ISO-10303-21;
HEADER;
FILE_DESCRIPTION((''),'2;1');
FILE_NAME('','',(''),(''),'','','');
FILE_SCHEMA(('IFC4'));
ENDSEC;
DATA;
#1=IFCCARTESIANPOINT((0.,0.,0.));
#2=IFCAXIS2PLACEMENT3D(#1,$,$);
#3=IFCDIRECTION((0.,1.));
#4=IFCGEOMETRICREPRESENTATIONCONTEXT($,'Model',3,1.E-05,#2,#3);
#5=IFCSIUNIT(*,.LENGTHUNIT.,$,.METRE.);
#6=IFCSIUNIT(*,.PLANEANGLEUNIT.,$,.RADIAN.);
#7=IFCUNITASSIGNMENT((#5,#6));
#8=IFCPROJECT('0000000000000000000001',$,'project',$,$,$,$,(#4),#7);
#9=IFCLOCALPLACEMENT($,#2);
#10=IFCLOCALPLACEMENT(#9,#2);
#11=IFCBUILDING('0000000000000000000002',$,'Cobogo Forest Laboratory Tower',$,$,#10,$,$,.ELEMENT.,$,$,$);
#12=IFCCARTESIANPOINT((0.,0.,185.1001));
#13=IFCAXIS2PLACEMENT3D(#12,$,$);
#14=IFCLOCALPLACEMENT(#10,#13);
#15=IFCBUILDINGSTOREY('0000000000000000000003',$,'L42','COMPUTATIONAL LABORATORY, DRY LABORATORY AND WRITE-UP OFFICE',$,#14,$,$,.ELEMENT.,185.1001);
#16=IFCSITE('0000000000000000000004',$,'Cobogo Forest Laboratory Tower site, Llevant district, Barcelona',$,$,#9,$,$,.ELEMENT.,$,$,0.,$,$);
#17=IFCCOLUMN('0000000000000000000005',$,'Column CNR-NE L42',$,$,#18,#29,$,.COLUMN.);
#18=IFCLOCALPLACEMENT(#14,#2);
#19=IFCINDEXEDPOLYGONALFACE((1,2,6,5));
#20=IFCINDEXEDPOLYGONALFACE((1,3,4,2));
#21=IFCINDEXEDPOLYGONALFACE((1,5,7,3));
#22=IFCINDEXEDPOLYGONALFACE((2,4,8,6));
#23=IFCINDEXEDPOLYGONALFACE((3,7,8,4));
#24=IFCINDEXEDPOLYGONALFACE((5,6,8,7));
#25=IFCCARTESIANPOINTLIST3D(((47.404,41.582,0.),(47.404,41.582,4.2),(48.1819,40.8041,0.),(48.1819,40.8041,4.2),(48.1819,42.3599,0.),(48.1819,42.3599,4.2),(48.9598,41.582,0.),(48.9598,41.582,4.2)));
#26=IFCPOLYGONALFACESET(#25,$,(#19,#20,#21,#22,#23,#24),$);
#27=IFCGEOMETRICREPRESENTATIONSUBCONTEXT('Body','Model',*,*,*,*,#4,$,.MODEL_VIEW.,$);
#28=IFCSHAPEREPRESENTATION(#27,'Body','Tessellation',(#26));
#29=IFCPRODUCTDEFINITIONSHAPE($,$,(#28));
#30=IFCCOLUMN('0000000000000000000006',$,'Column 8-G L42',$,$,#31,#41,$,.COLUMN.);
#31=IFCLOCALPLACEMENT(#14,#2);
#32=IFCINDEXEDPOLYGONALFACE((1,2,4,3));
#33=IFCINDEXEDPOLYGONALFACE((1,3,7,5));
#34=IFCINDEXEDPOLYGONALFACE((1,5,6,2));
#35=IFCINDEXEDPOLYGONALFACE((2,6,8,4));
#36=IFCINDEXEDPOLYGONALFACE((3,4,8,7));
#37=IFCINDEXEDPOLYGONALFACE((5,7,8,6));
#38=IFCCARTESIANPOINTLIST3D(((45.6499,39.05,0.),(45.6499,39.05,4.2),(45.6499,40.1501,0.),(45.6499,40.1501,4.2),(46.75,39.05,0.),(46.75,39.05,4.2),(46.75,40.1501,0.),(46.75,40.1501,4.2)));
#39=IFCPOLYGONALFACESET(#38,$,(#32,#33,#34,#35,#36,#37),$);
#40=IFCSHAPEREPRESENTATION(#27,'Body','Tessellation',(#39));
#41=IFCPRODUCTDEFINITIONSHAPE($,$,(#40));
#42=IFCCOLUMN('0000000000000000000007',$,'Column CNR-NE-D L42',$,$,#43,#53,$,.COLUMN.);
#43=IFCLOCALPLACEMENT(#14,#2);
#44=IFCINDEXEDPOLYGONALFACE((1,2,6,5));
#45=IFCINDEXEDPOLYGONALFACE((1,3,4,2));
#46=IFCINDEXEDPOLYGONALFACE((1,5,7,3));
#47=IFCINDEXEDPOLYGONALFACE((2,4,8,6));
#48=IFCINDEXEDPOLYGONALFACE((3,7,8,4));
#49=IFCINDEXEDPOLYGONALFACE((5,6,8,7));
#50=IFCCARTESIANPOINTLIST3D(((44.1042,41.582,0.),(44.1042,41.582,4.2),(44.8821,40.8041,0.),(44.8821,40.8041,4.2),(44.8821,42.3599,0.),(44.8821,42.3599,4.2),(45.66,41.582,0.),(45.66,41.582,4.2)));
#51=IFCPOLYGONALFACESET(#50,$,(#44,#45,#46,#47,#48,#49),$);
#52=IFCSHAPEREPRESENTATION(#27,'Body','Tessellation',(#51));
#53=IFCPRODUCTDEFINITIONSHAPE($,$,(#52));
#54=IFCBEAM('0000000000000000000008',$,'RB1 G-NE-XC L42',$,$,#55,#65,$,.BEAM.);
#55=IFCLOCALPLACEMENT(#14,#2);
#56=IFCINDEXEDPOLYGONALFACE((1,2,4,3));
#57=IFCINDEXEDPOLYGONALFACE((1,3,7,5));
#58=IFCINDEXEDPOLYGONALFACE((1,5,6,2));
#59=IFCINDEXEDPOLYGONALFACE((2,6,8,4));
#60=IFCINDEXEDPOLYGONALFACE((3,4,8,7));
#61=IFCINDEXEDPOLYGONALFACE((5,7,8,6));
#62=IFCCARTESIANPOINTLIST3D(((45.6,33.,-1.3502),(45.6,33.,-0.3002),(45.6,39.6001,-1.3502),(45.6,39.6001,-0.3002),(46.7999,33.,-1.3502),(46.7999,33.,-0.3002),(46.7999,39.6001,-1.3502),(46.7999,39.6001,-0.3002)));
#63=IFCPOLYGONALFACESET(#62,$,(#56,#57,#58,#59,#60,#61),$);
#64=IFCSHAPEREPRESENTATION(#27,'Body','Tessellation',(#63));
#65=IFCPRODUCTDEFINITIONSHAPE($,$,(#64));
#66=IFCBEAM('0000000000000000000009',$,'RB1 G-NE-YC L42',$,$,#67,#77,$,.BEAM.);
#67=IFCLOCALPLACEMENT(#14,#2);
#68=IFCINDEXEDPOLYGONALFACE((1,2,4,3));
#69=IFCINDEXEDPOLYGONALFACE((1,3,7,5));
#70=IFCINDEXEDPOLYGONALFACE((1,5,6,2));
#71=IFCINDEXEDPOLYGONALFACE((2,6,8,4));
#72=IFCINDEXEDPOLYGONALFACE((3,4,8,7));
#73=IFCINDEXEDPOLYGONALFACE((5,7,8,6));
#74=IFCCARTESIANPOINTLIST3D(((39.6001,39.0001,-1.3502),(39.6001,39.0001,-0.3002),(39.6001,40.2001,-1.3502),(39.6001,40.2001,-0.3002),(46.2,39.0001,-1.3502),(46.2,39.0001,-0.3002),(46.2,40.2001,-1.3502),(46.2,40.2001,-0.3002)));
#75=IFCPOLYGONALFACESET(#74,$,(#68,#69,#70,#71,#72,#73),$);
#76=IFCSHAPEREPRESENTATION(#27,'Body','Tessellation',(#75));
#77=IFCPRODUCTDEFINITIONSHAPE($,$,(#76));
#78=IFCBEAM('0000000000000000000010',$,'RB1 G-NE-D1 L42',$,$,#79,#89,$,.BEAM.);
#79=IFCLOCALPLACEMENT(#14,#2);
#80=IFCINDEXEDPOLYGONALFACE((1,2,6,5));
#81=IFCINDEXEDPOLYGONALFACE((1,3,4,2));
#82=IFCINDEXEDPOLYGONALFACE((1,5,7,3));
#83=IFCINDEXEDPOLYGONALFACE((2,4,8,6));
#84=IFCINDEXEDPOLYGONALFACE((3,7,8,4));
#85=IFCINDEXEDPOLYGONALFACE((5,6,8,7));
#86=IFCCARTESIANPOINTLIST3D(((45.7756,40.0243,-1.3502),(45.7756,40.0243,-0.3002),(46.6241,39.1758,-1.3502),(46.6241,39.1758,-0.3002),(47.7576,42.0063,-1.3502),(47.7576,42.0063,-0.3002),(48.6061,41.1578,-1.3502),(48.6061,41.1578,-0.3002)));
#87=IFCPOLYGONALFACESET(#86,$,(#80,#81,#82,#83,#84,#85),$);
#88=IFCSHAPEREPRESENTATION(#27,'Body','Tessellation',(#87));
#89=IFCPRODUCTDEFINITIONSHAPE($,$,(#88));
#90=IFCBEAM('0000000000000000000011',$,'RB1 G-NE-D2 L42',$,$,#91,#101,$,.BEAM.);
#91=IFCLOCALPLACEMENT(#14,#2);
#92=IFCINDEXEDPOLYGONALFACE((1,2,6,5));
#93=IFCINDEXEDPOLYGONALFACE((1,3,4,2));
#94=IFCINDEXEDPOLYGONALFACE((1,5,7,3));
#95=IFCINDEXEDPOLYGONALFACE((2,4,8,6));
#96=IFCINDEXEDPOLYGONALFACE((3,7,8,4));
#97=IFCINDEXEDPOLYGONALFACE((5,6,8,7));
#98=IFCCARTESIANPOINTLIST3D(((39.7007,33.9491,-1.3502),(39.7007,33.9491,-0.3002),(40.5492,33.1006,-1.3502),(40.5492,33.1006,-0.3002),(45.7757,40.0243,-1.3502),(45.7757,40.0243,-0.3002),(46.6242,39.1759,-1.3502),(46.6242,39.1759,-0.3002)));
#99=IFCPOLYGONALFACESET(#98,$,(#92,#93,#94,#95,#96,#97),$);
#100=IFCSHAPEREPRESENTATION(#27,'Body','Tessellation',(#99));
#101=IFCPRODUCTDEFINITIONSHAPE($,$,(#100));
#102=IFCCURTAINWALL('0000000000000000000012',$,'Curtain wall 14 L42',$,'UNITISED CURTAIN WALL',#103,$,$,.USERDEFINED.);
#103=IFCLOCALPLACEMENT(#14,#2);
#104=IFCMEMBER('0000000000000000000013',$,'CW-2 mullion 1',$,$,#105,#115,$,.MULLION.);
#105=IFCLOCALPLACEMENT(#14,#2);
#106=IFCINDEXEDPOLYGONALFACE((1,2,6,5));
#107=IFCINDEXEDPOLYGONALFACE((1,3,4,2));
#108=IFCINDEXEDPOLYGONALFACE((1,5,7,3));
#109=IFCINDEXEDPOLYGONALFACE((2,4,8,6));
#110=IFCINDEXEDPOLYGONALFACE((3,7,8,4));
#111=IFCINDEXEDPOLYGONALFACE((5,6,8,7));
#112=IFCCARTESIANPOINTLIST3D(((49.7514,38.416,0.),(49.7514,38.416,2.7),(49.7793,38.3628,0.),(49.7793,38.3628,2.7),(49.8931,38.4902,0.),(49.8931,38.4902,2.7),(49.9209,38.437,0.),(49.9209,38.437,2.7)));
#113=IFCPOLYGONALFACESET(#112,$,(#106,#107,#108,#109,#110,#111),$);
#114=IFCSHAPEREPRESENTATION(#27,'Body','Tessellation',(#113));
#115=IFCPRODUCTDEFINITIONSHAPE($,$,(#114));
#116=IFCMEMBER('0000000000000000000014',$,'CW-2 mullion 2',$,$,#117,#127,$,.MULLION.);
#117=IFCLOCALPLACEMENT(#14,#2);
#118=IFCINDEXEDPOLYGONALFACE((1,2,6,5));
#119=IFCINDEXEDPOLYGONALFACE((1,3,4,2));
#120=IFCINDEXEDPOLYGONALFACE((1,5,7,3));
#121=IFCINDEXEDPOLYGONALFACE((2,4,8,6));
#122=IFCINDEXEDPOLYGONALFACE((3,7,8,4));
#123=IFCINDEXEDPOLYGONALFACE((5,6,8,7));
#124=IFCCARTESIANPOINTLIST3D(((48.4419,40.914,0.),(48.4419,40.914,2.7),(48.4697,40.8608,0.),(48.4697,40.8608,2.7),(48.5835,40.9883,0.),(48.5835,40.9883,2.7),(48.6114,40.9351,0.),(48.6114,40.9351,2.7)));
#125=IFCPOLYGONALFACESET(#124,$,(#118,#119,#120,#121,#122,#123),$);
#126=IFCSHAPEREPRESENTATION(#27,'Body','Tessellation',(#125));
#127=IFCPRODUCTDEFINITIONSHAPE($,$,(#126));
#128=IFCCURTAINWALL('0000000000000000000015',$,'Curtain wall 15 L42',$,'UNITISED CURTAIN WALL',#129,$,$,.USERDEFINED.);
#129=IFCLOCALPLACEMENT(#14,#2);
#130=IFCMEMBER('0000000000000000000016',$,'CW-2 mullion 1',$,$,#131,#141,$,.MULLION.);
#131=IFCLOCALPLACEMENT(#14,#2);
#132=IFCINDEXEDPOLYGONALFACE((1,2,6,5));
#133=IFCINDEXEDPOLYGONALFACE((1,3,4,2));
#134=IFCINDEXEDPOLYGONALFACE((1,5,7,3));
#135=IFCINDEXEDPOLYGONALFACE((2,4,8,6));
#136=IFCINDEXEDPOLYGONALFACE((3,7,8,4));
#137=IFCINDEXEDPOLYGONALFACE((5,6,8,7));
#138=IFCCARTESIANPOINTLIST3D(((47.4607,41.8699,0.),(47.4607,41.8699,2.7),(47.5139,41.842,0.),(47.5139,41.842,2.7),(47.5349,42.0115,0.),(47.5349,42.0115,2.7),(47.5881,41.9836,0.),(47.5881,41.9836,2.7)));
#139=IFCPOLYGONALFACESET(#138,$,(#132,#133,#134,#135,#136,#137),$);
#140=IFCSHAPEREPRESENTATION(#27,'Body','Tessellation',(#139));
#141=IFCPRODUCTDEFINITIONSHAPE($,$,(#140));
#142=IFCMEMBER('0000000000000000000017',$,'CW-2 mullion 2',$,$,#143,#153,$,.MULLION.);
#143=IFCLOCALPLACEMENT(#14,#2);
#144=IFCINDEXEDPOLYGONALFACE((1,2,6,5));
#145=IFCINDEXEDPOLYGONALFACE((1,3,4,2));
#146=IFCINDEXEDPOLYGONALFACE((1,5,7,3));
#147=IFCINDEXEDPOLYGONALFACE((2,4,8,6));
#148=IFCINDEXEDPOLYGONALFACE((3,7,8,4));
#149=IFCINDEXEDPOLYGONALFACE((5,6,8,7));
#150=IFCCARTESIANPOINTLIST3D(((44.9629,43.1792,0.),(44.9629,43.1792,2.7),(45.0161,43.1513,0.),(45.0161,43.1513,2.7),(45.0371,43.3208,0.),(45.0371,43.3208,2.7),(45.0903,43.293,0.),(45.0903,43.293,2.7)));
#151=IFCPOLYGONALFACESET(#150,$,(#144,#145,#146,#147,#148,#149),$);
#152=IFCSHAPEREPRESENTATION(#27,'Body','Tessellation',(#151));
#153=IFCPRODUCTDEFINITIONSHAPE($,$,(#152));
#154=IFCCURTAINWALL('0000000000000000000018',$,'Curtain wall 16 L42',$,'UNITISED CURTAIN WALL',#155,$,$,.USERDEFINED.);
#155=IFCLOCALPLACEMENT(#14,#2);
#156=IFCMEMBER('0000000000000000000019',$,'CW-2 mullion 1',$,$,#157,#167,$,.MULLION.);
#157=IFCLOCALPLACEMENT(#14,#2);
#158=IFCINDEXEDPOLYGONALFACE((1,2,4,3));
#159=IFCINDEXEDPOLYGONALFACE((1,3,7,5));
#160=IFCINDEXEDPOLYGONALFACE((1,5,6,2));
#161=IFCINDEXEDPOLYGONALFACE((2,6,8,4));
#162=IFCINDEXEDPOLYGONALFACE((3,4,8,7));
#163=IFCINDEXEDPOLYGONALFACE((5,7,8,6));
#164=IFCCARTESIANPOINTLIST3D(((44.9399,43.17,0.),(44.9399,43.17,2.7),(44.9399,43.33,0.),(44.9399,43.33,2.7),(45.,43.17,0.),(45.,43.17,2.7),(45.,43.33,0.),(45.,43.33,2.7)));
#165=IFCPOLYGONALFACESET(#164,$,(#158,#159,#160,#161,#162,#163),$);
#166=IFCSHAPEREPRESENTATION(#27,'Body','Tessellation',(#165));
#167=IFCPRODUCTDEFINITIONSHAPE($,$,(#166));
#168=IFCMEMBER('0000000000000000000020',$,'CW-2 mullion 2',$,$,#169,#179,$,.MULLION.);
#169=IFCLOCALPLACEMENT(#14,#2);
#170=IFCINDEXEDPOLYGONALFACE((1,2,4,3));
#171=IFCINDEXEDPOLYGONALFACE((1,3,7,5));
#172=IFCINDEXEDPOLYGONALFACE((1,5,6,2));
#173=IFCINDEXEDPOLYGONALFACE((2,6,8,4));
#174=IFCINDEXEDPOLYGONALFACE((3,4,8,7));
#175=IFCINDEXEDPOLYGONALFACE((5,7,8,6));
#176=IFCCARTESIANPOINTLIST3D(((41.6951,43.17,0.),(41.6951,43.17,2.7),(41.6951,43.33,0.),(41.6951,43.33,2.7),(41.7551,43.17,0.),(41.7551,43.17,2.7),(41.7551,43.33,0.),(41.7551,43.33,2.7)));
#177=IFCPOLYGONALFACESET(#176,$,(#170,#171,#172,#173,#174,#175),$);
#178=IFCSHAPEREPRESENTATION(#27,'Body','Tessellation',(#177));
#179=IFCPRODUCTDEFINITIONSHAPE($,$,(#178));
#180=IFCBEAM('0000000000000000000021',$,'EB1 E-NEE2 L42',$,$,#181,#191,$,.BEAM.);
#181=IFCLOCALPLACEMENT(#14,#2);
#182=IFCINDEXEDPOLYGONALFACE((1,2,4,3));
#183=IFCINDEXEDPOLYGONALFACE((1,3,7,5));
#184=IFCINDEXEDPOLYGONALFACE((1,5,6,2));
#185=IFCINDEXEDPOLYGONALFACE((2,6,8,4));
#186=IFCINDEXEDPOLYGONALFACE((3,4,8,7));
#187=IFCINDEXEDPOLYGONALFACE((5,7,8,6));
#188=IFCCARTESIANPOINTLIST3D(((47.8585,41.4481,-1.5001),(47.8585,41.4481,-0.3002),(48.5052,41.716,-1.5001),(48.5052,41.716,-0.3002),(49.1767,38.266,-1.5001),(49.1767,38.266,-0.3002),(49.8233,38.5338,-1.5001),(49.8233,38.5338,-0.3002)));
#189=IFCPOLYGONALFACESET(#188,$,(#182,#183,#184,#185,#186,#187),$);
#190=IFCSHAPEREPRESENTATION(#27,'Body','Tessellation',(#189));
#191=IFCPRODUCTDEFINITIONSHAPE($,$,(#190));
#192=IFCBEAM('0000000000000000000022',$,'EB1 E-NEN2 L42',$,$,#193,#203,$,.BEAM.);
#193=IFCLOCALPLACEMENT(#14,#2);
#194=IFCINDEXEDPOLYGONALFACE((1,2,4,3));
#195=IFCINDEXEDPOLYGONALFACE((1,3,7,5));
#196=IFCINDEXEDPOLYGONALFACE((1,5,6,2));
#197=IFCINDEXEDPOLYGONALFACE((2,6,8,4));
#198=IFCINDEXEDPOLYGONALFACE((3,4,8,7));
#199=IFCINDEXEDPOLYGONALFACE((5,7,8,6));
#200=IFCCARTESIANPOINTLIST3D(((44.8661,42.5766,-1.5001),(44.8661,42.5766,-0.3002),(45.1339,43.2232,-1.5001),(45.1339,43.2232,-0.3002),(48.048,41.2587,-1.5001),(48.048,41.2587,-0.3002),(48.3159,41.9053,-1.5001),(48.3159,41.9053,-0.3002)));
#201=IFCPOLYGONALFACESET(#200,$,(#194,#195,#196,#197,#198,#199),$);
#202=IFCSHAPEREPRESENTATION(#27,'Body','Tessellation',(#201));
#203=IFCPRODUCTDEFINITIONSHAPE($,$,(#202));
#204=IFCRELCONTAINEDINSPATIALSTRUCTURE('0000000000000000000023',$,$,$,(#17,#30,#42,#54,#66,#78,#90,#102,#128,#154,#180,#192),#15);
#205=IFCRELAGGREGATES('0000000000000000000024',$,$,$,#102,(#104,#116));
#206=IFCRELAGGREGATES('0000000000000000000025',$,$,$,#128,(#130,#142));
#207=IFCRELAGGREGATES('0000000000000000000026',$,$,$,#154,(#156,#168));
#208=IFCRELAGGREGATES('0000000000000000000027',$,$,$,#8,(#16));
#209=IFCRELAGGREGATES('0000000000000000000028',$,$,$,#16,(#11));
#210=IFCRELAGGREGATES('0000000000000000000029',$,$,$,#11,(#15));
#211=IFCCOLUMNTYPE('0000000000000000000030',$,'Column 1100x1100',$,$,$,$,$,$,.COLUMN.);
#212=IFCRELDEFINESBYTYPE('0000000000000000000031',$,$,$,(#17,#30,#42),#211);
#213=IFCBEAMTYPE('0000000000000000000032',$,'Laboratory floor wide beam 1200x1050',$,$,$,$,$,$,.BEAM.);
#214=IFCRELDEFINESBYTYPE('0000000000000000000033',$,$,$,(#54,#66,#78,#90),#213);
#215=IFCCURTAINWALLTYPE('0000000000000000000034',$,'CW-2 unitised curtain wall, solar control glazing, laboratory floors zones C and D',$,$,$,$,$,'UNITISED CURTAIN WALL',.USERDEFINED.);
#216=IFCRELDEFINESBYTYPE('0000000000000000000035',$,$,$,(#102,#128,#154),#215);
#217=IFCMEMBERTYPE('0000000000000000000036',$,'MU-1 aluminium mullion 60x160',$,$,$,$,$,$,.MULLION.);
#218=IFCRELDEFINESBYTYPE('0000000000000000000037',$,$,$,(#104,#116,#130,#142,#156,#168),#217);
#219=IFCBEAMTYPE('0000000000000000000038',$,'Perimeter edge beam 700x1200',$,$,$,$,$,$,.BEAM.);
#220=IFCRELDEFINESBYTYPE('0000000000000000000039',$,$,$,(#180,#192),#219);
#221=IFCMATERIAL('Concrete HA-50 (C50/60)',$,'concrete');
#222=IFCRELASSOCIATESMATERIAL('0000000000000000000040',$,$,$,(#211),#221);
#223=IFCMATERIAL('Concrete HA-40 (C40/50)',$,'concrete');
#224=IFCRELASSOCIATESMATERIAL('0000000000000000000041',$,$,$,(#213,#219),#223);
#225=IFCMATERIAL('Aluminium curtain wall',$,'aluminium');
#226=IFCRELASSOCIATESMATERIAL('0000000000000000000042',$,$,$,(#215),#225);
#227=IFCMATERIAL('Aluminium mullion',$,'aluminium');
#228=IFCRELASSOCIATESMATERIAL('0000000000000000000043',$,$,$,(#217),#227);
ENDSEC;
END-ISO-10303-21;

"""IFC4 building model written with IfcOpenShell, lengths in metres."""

from ifc_helpers import new_model, si_unit, direction, frame, origin, origin_2d, place, context, subcontext, project, spatial, rectangle, extrude, material, material_profile, profile_set, type_object, element, aggregate, save


model = new_model("IFC4")

# Units and contexts
model_context = context("Model", 3, precision=1e-05, world=origin(), true_north=direction((0.0, 1.0)))
body_context = subcontext(model_context, "Body", "Model", "MODEL_VIEW")
ifc_project = project(units=[si_unit("LENGTHUNIT", "METRE"), si_unit("PLANEANGLEUNIT", "RADIAN")], contexts=[model_context])

# Site, building, storey
site_placement = place(None, origin())
site = spatial("IfcSite", under=ifc_project, at=site_placement, Name="Cobogo Forest Laboratory Tower site, Llevant district, Barcelona", CompositionType="ELEMENT", RefElevation=0.0)
building_placement = place(site_placement, origin())
building = spatial("IfcBuilding", under=site, at=building_placement, Name="Cobogo Forest Laboratory Tower", CompositionType="ELEMENT")
storey_placement = place(building_placement, frame((0.0, 0.0, 185.1001)))
storey = spatial("IfcBuildingStorey", under=building, at=storey_placement, Name="L42", Description="COMPUTATIONAL LABORATORY, DRY LABORATORY AND WRITE-UP OFFICE", CompositionType="ELEMENT", Elevation=185.1001)

# Columns
ifc_material_1 = material(Name="Concrete HA-50 (C50/60)", Category="concrete")
ifc_material_profile_1 = material_profile(ifc_material_1, rectangle(XDim=1.1001, YDim=1.1001, at=origin_2d()), Name="RC 1100x1100")
ifc_profile_set_1 = profile_set([ifc_material_profile_1], Name="Concrete HA-50 (C50/60)")
column_type = type_object("IfcColumnType", Name="Column 1100x1100", PredefinedType="COLUMN", material=ifc_profile_set_1)
for number, where, z_axis, x_axis, name in (
    (1, (48.1819, 41.582, 0.0), (0.0, 0.0, 1.0), (0.707107, 0.707107, 0.0), "Column CNR-NE L42"),
    (2, (46.2, 39.6001, 0.0), (0.0, 0.0, 1.0), (1.0, 0.0, 0.0), "Column 8-G L42"),
    (3, (44.8821, 41.582, 0.0), (0.0, 0.0, 1.0), (0.707107, 0.707107, 0.0), "Column CNR-NE-D L42"),
):
    element("IfcColumn", number, at=place(storey_placement, frame(where, z_axis=z_axis, x_axis=x_axis)), inside=storey, type_object=column_type, Name=name, PredefinedType="COLUMN", context=body_context, shape_type="SweptSolid", body=[
        extrude(rectangle(XDim=1.1001, YDim=1.1001, at=origin_2d()), origin(), (0.0, 0.0, 1.0), 4.2),
    ])

# Beams
ifc_material_2 = material(Name="Concrete HA-40 (C40/50)", Category="concrete")
ifc_material_profile_2 = material_profile(ifc_material_2, rectangle(XDim=1.2, YDim=1.05, at=origin_2d()), Name="RC 1200x1050")
ifc_profile_set_2 = profile_set([ifc_material_profile_2], Name="Concrete HA-40 (C40/50)")
beam_type_1 = type_object("IfcBeamType", Name="Laboratory floor wide beam 1200x1050", PredefinedType="BEAM", material=ifc_profile_set_2)
beam_1_placement = place(storey_placement, frame((46.2, 39.6001, -0.8252), z_axis=(0.0, -1.0, 0.0), x_axis=(1.0, 0.0, 0.0)))
element("IfcBeam", 4, at=beam_1_placement, inside=storey, type_object=beam_type_1, Name="RB1 G-NE-XC L42", PredefinedType="BEAM", context=body_context, shape_type="SweptSolid", body=[
    extrude(rectangle(XDim=1.2, YDim=1.05, at=origin_2d()), origin(), (0.0, 0.0, 1.0), 6.6001),
])
beam_2_placement = place(storey_placement, frame((46.2, 39.6001, -0.8252), z_axis=(-1.0, 0.0, 0.0), x_axis=(0.0, -1.0, 0.0)))
element("IfcBeam", 5, at=beam_2_placement, inside=storey, type_object=beam_type_1, Name="RB1 G-NE-YC L42", PredefinedType="BEAM", context=body_context, shape_type="SweptSolid", body=[
    extrude(rectangle(XDim=1.2, YDim=1.05, at=origin_2d()), origin(), (0.0, 0.0, 1.0), 6.5999),
])
beam_3_placement = place(storey_placement, frame((48.1819, 41.582, -0.8252), z_axis=(-0.707107, -0.707107, 0.0), x_axis=(0.707107, -0.707107, 0.0)))
element("IfcBeam", 6, at=beam_3_placement, inside=storey, type_object=beam_type_1, Name="RB1 G-NE-D1 L42", PredefinedType="BEAM", context=body_context, shape_type="SweptSolid", body=[
    extrude(rectangle(XDim=1.2, YDim=1.05, at=origin_2d()), origin(), (0.0, 0.0, 1.0), 2.803),
])
beam_4_placement = place(storey_placement, frame((46.2, 39.6001, -0.8252), z_axis=(-0.707093, -0.707121, 0.0), x_axis=(0.707121, -0.707093, 0.0)))
element("IfcBeam", 7, at=beam_4_placement, inside=storey, type_object=beam_type_1, Name="RB1 G-NE-D2 L42", PredefinedType="BEAM", context=body_context, shape_type="SweptSolid", body=[
    extrude(rectangle(XDim=1.2, YDim=1.05, at=origin_2d()), origin(), (0.0, 0.0, 1.0), 8.5916),
])

# Curtain walls, members
ifc_material_3 = material(Name="Aluminium curtain wall", Category="aluminium")
curtain_wall_type = type_object("IfcCurtainWallType", Name="CW-2 unitised curtain wall, solar control glazing, laboratory floors zones C and D", ElementType="UNITISED CURTAIN WALL", PredefinedType="USERDEFINED", material=ifc_material_3)
curtain_wall_1_placement = place(storey_placement, origin())
curtain_wall_1 = element("IfcCurtainWall", 8, at=curtain_wall_1_placement, inside=storey, type_object=curtain_wall_type, Name="Curtain wall 14 L42", ObjectType="UNITISED CURTAIN WALL", PredefinedType="USERDEFINED")
ifc_material_4 = material(Name="Aluminium mullion", Category="aluminium")
ifc_material_profile_3 = material_profile(ifc_material_4, rectangle(XDim=0.0601, YDim=0.1599, at=origin_2d()), Name="AL 60x160")
ifc_profile_set_3 = profile_set([ifc_material_profile_3], Name="Aluminium mullion")
member_type_1 = type_object("IfcMemberType", Name="MU-1 aluminium mullion 60x160", PredefinedType="MULLION", material=ifc_profile_set_3)
member_1_placement = place(storey_placement, frame((49.8362, 38.4265, 0.0), z_axis=(0.0, 0.0, 1.0), x_axis=(-0.464284, 0.885686, 0.0)))
member_1 = element("IfcMember", 9, at=member_1_placement, type_object=member_type_1, Name="CW-2 mullion 1", PredefinedType="MULLION", context=body_context, shape_type="SweptSolid", body=[
    extrude(rectangle(XDim=0.0601, YDim=0.1599, at=origin_2d()), origin(), (0.0, 0.0, 1.0), 2.7),
])
member_2_placement = place(storey_placement, frame((48.5266, 40.9246, 0.0), z_axis=(0.0, 0.0, 1.0), x_axis=(-0.464284, 0.885686, 0.0)))
member_2 = element("IfcMember", 10, at=member_2_placement, type_object=member_type_1, Name="CW-2 mullion 2", PredefinedType="MULLION", context=body_context, shape_type="SweptSolid", body=[
    extrude(rectangle(XDim=0.0601, YDim=0.1599, at=origin_2d()), origin(), (0.0, 0.0, 1.0), 2.7),
])
curtain_wall_2_placement = place(storey_placement, origin())
curtain_wall_2 = element("IfcCurtainWall", 11, at=curtain_wall_2_placement, inside=storey, type_object=curtain_wall_type, Name="Curtain wall 15 L42", ObjectType="UNITISED CURTAIN WALL", PredefinedType="USERDEFINED")
member_3_placement = place(storey_placement, frame((47.5244, 41.9268, 0.0), z_axis=(0.0, 0.0, 1.0), x_axis=(-0.885686, 0.464284, 0.0)))
member_3 = element("IfcMember", 12, at=member_3_placement, type_object=member_type_1, Name="CW-2 mullion 1", PredefinedType="MULLION", context=body_context, shape_type="SweptSolid", body=[
    extrude(rectangle(XDim=0.0601, YDim=0.1599, at=origin_2d()), origin(), (0.0, 0.0, 1.0), 2.7),
])
member_4_placement = place(storey_placement, frame((45.0266, 43.2361, 0.0), z_axis=(0.0, 0.0, 1.0), x_axis=(-0.885686, 0.464284, 0.0)))
member_4 = element("IfcMember", 13, at=member_4_placement, type_object=member_type_1, Name="CW-2 mullion 2", PredefinedType="MULLION", context=body_context, shape_type="SweptSolid", body=[
    extrude(rectangle(XDim=0.0601, YDim=0.1599, at=origin_2d()), origin(), (0.0, 0.0, 1.0), 2.7),
])
curtain_wall_3_placement = place(storey_placement, origin())
curtain_wall_3 = element("IfcCurtainWall", 14, at=curtain_wall_3_placement, inside=storey, type_object=curtain_wall_type, Name="Curtain wall 16 L42", ObjectType="UNITISED CURTAIN WALL", PredefinedType="USERDEFINED")
member_5_placement = place(storey_placement, frame((44.97, 43.25, 0.0), z_axis=(0.0, 0.0, 1.0), x_axis=(-1.0, 0.0, 0.0)))
member_5 = element("IfcMember", 15, at=member_5_placement, type_object=member_type_1, Name="CW-2 mullion 1", PredefinedType="MULLION", context=body_context, shape_type="SweptSolid", body=[
    extrude(rectangle(XDim=0.0601, YDim=0.1599, at=origin_2d()), origin(), (0.0, 0.0, 1.0), 2.7),
])
member_6_placement = place(storey_placement, frame((41.7251, 43.25, 0.0), z_axis=(0.0, 0.0, 1.0), x_axis=(-1.0, 0.0, 0.0)))
member_6 = element("IfcMember", 16, at=member_6_placement, type_object=member_type_1, Name="CW-2 mullion 2", PredefinedType="MULLION", context=body_context, shape_type="SweptSolid", body=[
    extrude(rectangle(XDim=0.0601, YDim=0.1599, at=origin_2d()), origin(), (0.0, 0.0, 1.0), 2.7),
])

# Beams
ifc_material_profile_4 = material_profile(ifc_material_2, rectangle(XDim=0.7, YDim=1.2, at=origin_2d()), Name="RC 700x1200")
ifc_profile_set_4 = profile_set([ifc_material_profile_4], Name="Concrete HA-40 (C40/50)")
beam_type_2 = type_object("IfcBeamType", Name="Perimeter edge beam 700x1200", PredefinedType="BEAM", material=ifc_profile_set_4)
beam_5_placement = place(storey_placement, frame((49.5, 38.3999, -0.9001), z_axis=(-0.382692, 0.923876, 0.0), x_axis=(-0.923876, -0.382692, 0.0)))
element("IfcBeam", 17, at=beam_5_placement, inside=storey, type_object=beam_type_2, Name="EB1 E-NEE2 L42", PredefinedType="BEAM", context=body_context, shape_type="SweptSolid", body=[
    extrude(rectangle(XDim=0.7, YDim=1.2, at=origin_2d()), origin(), (0.0, 0.0, 1.0), 3.4443),
])
beam_6_placement = place(storey_placement, frame((45.0, 42.8999, -0.9001), z_axis=(0.923891, -0.382656, 0.0), x_axis=(0.382656, 0.923891, 0.0)))
element("IfcBeam", 18, at=beam_6_placement, inside=storey, type_object=beam_type_2, Name="EB1 E-NEN2 L42", PredefinedType="BEAM", context=body_context, shape_type="SweptSolid", body=[
    extrude(rectangle(XDim=0.7, YDim=1.2, at=origin_2d()), origin(), (0.0, 0.0, 1.0), 3.4441),
])

aggregate(curtain_wall_1, [member_1, member_2])
aggregate(curtain_wall_2, [member_3, member_4])
aggregate(curtain_wall_3, [member_5, member_6])

save(model, "model.ifc")
